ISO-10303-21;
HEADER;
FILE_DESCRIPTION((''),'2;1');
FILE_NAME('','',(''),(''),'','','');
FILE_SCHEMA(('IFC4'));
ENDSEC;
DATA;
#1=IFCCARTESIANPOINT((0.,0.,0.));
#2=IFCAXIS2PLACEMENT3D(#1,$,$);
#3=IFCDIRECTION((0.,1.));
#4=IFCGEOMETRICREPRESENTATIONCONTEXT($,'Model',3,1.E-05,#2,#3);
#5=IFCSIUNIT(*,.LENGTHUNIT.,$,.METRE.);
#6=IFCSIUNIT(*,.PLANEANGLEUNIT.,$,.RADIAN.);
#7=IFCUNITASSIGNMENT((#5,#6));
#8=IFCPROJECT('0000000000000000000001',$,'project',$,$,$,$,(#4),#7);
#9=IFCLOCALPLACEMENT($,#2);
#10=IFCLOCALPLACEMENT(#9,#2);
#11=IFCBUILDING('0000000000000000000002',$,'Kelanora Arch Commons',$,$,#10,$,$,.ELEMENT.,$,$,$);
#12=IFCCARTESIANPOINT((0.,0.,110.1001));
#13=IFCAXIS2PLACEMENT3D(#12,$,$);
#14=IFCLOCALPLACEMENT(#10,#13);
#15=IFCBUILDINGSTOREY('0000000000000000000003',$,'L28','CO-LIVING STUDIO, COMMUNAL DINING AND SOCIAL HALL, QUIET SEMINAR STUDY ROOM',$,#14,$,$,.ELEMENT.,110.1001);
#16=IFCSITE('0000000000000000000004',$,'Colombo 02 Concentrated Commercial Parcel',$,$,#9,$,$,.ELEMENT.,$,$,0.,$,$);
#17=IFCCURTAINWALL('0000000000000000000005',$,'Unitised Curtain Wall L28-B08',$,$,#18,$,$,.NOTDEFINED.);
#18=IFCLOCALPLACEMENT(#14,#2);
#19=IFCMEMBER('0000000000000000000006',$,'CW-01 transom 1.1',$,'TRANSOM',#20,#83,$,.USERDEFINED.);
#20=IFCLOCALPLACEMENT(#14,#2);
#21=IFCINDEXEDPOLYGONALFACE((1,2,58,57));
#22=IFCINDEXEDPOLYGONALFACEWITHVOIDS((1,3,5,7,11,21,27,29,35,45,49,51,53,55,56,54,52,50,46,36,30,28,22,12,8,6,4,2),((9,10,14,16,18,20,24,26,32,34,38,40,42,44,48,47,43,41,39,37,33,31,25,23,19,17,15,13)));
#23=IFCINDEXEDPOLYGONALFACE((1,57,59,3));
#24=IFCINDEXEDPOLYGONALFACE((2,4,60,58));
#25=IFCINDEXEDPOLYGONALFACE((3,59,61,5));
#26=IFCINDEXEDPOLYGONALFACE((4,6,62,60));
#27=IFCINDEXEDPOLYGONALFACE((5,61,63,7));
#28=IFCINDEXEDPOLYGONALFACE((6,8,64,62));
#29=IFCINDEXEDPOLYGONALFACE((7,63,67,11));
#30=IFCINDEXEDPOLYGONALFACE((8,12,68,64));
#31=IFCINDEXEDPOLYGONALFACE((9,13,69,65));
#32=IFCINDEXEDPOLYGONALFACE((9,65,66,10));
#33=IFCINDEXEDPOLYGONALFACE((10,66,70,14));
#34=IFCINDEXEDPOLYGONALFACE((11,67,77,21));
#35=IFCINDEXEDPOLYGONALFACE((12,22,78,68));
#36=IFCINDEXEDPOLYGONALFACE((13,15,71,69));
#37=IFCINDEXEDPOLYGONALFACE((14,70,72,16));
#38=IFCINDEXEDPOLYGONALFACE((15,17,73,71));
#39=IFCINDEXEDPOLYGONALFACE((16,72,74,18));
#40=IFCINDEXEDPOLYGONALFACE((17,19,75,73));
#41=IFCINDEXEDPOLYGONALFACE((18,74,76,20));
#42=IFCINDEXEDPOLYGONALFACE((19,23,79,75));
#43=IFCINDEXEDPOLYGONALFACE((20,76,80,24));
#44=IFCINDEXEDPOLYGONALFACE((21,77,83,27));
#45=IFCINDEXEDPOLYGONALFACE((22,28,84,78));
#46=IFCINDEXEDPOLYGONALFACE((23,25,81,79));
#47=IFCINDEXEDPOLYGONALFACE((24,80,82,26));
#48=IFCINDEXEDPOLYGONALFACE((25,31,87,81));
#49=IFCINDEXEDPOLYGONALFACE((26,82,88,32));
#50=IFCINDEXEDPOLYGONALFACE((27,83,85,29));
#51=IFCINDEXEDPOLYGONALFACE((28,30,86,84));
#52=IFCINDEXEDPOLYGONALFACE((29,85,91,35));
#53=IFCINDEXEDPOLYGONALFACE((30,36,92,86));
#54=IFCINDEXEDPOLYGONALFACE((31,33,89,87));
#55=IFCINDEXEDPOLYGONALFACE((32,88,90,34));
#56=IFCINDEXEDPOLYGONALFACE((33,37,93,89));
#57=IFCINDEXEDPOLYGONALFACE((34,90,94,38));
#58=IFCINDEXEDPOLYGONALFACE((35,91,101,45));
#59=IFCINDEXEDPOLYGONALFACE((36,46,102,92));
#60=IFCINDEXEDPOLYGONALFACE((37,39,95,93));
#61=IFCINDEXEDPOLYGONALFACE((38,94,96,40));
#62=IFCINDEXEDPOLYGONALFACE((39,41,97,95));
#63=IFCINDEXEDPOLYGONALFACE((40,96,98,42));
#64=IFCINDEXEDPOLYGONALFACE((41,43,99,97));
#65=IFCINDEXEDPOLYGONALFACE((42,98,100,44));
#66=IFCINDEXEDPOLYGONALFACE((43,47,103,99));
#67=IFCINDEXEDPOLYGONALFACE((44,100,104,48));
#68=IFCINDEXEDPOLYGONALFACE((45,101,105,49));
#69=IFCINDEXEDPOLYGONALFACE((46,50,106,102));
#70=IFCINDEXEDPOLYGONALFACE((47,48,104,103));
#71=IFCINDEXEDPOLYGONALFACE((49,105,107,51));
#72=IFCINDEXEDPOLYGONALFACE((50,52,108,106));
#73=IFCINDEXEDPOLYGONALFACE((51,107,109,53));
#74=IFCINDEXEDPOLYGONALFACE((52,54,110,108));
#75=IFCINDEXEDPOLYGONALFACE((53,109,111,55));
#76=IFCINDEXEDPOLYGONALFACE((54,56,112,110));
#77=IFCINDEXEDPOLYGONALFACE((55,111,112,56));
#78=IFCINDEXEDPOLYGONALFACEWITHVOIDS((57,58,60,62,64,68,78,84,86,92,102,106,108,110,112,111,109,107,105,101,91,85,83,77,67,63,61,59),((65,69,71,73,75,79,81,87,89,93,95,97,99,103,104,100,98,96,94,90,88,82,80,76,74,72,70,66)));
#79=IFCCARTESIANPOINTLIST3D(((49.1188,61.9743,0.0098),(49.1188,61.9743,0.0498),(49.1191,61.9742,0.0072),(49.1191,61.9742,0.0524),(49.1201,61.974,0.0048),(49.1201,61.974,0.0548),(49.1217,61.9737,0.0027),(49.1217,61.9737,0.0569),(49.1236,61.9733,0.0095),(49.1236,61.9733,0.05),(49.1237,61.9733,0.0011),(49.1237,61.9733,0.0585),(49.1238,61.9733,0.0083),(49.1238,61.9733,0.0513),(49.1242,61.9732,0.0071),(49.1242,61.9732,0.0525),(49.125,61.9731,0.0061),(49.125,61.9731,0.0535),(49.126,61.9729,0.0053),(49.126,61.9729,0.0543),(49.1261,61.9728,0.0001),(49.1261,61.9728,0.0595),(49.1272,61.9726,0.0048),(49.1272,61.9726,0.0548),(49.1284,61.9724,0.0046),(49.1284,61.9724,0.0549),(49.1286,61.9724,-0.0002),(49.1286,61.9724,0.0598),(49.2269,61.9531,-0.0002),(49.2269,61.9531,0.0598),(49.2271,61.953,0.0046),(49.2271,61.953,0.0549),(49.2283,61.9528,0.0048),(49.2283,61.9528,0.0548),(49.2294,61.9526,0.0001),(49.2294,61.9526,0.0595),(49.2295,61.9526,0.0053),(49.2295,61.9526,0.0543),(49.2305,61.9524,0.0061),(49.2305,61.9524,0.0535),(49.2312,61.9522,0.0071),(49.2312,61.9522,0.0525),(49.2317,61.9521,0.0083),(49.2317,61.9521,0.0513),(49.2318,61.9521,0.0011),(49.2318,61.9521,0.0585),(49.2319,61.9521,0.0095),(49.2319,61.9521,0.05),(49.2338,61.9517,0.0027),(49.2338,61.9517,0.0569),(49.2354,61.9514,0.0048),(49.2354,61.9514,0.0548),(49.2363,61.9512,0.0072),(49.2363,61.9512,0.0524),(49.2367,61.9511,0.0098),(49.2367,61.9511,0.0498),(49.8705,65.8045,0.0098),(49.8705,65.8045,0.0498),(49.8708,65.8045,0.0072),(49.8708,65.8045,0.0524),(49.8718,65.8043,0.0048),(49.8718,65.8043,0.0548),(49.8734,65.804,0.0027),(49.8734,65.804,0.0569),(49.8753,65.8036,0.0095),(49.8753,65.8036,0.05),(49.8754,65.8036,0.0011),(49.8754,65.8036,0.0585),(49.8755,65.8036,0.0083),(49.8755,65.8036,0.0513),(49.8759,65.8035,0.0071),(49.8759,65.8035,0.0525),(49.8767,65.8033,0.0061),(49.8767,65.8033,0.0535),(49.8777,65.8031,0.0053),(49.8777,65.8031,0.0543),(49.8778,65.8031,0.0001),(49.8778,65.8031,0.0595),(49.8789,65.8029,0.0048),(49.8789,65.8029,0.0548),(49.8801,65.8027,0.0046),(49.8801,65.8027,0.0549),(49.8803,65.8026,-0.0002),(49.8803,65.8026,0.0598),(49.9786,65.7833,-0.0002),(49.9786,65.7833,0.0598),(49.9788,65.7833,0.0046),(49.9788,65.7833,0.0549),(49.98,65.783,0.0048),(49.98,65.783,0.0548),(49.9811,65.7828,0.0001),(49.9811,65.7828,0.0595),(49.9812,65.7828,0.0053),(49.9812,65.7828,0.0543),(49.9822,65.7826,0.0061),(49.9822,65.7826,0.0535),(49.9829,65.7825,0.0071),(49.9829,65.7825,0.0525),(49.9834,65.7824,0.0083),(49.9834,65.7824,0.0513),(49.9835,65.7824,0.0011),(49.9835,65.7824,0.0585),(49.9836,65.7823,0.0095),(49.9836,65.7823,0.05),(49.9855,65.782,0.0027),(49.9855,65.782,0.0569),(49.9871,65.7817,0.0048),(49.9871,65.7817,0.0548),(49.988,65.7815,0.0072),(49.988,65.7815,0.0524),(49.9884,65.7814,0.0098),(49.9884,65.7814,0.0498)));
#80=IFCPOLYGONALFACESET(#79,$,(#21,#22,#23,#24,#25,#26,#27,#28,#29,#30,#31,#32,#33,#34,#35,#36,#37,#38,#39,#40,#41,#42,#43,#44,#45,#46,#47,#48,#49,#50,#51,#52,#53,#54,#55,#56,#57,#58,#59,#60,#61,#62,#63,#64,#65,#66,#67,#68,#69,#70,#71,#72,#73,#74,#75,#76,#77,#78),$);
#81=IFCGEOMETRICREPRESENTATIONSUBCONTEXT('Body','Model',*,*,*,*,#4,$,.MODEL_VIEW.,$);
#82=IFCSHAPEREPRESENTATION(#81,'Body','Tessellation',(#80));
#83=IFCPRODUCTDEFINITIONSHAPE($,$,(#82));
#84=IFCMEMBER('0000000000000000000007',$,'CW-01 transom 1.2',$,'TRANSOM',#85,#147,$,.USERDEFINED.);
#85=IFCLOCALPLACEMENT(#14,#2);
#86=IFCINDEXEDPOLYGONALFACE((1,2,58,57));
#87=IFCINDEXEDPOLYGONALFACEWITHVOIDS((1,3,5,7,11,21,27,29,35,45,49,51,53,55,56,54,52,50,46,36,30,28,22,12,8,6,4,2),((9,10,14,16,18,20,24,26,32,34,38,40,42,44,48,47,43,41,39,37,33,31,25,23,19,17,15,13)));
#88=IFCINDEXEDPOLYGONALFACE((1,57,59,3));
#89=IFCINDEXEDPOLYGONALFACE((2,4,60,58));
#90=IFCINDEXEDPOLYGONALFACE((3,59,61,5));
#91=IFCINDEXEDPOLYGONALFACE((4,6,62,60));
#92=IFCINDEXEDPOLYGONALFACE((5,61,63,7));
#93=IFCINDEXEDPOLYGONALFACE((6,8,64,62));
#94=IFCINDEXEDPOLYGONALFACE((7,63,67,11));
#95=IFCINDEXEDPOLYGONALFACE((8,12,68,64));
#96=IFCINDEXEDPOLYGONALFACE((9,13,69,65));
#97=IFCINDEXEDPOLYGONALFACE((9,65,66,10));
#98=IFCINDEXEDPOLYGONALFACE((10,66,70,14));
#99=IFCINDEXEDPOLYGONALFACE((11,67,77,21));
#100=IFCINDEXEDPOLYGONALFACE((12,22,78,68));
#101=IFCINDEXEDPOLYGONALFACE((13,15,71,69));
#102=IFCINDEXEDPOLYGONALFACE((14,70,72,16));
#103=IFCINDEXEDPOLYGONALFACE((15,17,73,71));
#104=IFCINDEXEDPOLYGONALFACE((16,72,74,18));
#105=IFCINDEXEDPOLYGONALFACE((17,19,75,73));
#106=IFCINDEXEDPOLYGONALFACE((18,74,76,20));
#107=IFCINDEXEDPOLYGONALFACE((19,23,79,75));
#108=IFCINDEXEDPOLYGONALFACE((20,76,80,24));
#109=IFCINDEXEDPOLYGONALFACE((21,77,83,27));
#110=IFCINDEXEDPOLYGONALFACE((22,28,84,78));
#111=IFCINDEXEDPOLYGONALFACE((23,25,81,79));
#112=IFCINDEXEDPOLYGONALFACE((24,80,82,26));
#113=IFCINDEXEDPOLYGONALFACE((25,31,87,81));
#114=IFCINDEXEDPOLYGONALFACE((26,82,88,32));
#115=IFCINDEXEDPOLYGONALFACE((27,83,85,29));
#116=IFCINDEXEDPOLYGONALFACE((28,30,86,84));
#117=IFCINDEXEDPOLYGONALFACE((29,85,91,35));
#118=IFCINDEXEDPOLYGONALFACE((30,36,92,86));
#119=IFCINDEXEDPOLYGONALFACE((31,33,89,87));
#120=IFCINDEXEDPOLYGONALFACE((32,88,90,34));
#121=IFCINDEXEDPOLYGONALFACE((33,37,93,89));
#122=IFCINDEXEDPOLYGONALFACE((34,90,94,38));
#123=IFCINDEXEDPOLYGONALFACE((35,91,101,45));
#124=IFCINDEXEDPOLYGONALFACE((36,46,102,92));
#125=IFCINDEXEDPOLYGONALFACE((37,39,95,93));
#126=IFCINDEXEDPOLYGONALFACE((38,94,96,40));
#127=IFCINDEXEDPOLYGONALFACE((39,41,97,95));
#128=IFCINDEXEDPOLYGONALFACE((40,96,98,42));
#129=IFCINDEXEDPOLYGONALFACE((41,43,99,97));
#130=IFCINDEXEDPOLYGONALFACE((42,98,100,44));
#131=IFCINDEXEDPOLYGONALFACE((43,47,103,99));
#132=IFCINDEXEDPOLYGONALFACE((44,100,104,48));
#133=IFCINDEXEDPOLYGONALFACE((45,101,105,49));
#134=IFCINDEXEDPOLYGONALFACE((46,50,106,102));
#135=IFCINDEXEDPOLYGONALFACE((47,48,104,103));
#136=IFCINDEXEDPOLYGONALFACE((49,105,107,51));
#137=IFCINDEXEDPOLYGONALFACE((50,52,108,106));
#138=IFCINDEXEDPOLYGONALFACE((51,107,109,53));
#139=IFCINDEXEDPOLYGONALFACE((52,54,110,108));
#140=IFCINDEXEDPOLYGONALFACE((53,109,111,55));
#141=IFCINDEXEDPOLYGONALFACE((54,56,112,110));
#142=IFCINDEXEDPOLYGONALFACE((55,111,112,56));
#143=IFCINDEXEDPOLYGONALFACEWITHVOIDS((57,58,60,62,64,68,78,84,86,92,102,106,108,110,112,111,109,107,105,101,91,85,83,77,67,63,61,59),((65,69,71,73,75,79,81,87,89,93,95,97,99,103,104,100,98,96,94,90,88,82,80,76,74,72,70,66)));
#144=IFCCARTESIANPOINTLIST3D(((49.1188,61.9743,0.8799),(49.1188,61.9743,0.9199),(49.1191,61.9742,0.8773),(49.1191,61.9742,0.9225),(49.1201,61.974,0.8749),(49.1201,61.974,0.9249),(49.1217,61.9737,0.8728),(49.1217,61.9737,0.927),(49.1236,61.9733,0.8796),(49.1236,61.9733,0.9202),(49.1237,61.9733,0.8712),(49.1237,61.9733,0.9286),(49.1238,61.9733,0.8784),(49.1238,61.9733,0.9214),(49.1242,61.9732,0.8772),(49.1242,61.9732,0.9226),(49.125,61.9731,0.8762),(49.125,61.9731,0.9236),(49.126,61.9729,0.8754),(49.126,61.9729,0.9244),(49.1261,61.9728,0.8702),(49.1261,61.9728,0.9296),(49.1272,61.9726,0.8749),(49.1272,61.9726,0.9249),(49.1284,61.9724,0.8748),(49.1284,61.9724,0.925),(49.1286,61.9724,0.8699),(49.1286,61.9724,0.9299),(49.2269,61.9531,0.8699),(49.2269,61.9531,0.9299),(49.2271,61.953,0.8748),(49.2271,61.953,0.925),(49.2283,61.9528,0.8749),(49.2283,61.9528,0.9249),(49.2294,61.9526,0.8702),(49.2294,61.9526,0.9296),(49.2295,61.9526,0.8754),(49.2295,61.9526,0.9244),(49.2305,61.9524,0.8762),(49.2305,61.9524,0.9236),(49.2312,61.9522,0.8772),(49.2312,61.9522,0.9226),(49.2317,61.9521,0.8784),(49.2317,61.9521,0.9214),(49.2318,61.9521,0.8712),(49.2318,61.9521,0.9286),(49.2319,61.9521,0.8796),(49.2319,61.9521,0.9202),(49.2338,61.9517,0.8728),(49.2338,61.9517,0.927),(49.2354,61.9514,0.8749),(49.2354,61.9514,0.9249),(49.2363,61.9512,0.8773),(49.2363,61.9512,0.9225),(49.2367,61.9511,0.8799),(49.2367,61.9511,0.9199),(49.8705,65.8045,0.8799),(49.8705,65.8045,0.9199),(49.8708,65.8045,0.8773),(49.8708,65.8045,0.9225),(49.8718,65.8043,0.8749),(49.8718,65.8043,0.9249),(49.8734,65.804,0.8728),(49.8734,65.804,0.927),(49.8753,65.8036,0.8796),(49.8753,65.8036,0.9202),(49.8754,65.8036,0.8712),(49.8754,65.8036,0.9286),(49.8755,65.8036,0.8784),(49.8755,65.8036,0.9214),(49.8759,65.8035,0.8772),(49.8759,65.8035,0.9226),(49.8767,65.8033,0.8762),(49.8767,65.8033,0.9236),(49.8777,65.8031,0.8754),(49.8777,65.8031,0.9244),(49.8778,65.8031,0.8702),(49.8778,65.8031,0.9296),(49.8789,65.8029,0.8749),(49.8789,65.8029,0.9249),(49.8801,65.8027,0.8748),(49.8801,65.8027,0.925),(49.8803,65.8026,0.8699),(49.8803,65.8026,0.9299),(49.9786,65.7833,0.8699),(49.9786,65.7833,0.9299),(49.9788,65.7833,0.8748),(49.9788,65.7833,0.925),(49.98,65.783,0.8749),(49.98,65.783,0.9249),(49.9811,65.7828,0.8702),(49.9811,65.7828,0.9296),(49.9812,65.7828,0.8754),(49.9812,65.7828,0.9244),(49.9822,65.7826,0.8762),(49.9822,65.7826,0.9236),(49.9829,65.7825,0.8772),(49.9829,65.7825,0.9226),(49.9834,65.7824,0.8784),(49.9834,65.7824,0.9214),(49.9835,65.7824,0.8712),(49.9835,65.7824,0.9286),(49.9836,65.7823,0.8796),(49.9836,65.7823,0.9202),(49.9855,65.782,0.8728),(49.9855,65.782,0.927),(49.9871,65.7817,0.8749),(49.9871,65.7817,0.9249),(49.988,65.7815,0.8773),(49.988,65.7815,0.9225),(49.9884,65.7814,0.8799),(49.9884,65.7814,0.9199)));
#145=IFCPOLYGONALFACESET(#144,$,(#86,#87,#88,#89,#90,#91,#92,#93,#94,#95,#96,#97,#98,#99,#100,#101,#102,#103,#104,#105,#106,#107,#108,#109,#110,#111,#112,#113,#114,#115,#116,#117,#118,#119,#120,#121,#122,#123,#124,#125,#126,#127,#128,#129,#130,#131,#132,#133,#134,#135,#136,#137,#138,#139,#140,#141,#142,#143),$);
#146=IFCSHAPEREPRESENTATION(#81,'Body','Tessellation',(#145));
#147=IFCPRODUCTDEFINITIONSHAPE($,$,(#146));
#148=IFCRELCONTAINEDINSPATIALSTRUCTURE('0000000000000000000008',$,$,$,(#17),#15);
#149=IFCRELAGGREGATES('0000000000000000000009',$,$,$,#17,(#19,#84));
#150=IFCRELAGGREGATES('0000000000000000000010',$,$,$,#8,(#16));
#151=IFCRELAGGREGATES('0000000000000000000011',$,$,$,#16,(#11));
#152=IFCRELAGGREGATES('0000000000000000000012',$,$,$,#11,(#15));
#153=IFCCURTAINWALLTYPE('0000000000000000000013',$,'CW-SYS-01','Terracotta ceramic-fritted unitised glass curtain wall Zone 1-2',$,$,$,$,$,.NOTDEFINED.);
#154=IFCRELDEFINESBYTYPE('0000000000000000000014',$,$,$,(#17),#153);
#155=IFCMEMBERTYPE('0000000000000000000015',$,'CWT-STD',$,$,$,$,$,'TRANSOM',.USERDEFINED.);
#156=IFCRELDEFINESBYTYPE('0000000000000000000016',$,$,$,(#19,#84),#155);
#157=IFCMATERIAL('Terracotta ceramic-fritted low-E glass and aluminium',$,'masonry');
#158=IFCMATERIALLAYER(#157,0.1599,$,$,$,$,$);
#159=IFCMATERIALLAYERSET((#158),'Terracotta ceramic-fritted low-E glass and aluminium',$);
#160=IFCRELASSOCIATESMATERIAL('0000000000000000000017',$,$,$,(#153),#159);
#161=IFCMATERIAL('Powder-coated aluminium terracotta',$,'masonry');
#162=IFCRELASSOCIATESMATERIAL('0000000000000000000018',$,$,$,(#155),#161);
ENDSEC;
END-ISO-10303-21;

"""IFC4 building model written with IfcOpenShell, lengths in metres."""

from ifc_helpers import new_model, si_unit, direction, frame, origin, origin_2d, place, context, subcontext, project, spatial, hollow_rectangle, extrude, material, layer, layer_set, material_profile, profile_set, type_object, element, aggregate, save


model = new_model("IFC4")

# Units and contexts
model_context = context("Model", 3, precision=1e-05, world=origin(), true_north=direction((0.0, 1.0)))
body_context = subcontext(model_context, "Body", "Model", "MODEL_VIEW")
ifc_project = project(units=[si_unit("LENGTHUNIT", "METRE"), si_unit("PLANEANGLEUNIT", "RADIAN")], contexts=[model_context])

# Site, building, storey
site_placement = place(None, origin())
site = spatial("IfcSite", under=ifc_project, at=site_placement, Name="Colombo 02 Concentrated Commercial Parcel", CompositionType="ELEMENT", RefElevation=0.0)
building_placement = place(site_placement, origin())
building = spatial("IfcBuilding", under=site, at=building_placement, Name="Kelanora Arch Commons", CompositionType="ELEMENT")
storey_placement = place(building_placement, frame((0.0, 0.0, 110.1001)))
storey = spatial("IfcBuildingStorey", under=building, at=storey_placement, Name="L28", Description="CO-LIVING STUDIO, COMMUNAL DINING AND SOCIAL HALL, QUIET SEMINAR STUDY ROOM", CompositionType="ELEMENT", Elevation=110.1001)

# Curtain wall, members
ifc_material_1 = material(Name="Terracotta ceramic-fritted low-E glass and aluminium", Category="masonry")
ifc_layer_1 = layer(ifc_material_1, 0.1599)
ifc_layer_set_1 = layer_set([ifc_layer_1], Name="Terracotta ceramic-fritted low-E glass and aluminium")
curtain_wall_type = type_object("IfcCurtainWallType", Name="CW-SYS-01", Description="Terracotta ceramic-fritted unitised glass curtain wall Zone 1-2", PredefinedType="NOTDEFINED", material=ifc_layer_set_1)
curtain_wall_placement = place(storey_placement, origin())
curtain_wall = element("IfcCurtainWall", 1, at=curtain_wall_placement, inside=storey, type_object=curtain_wall_type, Name="Unitised Curtain Wall L28-B08", PredefinedType="NOTDEFINED")
ifc_material_2 = material(Name="Powder-coated aluminium terracotta", Category="masonry")
ifc_material_profile_1 = material_profile(ifc_material_2, hollow_rectangle(XDim=0.1201, YDim=0.0601, WallThickness=0.0049, InnerFilletRadius=0.0049, OuterFilletRadius=0.01, at=origin_2d()), Name="CWT120x60")
ifc_profile_set_1 = profile_set([ifc_material_profile_1], Name="Powder-coated aluminium terracotta")
member_type_1 = type_object("IfcMemberType", Name="CWT-STD", ElementType="TRANSOM", PredefinedType="USERDEFINED", material=ifc_profile_set_1)
member_1_placement = place(storey_placement, frame((49.9294, 65.793, 0.0298), z_axis=(-0.192579, -0.981282, 0.0), x_axis=(0.981282, -0.192579, 0.0)))
member_1 = element("IfcMember", 2, at=member_1_placement, type_object=member_type_1, Name="CW-01 transom 1.1", ObjectType="TRANSOM", PredefinedType="USERDEFINED", context=body_context, shape_type="SweptSolid", body=[
    extrude(hollow_rectangle(XDim=0.1201, YDim=0.0601, WallThickness=0.0049, InnerFilletRadius=0.0049, OuterFilletRadius=0.01, at=origin_2d()), origin(), (0.0, 0.0, 1.0), 3.9033),
])
member_2_placement = place(storey_placement, frame((49.9294, 65.793, 0.8999), z_axis=(-0.192579, -0.981282, 0.0), x_axis=(0.981282, -0.192579, 0.0)))
member_2 = element("IfcMember", 3, at=member_2_placement, type_object=member_type_1, Name="CW-01 transom 1.2", ObjectType="TRANSOM", PredefinedType="USERDEFINED", context=body_context, shape_type="SweptSolid", body=[
    extrude(hollow_rectangle(XDim=0.1201, YDim=0.0601, WallThickness=0.0049, InnerFilletRadius=0.0049, OuterFilletRadius=0.01, at=origin_2d()), origin(), (0.0, 0.0, 1.0), 3.9033),
])
aggregate(curtain_wall, [member_1, member_2])

save(model, "model.ifc")
